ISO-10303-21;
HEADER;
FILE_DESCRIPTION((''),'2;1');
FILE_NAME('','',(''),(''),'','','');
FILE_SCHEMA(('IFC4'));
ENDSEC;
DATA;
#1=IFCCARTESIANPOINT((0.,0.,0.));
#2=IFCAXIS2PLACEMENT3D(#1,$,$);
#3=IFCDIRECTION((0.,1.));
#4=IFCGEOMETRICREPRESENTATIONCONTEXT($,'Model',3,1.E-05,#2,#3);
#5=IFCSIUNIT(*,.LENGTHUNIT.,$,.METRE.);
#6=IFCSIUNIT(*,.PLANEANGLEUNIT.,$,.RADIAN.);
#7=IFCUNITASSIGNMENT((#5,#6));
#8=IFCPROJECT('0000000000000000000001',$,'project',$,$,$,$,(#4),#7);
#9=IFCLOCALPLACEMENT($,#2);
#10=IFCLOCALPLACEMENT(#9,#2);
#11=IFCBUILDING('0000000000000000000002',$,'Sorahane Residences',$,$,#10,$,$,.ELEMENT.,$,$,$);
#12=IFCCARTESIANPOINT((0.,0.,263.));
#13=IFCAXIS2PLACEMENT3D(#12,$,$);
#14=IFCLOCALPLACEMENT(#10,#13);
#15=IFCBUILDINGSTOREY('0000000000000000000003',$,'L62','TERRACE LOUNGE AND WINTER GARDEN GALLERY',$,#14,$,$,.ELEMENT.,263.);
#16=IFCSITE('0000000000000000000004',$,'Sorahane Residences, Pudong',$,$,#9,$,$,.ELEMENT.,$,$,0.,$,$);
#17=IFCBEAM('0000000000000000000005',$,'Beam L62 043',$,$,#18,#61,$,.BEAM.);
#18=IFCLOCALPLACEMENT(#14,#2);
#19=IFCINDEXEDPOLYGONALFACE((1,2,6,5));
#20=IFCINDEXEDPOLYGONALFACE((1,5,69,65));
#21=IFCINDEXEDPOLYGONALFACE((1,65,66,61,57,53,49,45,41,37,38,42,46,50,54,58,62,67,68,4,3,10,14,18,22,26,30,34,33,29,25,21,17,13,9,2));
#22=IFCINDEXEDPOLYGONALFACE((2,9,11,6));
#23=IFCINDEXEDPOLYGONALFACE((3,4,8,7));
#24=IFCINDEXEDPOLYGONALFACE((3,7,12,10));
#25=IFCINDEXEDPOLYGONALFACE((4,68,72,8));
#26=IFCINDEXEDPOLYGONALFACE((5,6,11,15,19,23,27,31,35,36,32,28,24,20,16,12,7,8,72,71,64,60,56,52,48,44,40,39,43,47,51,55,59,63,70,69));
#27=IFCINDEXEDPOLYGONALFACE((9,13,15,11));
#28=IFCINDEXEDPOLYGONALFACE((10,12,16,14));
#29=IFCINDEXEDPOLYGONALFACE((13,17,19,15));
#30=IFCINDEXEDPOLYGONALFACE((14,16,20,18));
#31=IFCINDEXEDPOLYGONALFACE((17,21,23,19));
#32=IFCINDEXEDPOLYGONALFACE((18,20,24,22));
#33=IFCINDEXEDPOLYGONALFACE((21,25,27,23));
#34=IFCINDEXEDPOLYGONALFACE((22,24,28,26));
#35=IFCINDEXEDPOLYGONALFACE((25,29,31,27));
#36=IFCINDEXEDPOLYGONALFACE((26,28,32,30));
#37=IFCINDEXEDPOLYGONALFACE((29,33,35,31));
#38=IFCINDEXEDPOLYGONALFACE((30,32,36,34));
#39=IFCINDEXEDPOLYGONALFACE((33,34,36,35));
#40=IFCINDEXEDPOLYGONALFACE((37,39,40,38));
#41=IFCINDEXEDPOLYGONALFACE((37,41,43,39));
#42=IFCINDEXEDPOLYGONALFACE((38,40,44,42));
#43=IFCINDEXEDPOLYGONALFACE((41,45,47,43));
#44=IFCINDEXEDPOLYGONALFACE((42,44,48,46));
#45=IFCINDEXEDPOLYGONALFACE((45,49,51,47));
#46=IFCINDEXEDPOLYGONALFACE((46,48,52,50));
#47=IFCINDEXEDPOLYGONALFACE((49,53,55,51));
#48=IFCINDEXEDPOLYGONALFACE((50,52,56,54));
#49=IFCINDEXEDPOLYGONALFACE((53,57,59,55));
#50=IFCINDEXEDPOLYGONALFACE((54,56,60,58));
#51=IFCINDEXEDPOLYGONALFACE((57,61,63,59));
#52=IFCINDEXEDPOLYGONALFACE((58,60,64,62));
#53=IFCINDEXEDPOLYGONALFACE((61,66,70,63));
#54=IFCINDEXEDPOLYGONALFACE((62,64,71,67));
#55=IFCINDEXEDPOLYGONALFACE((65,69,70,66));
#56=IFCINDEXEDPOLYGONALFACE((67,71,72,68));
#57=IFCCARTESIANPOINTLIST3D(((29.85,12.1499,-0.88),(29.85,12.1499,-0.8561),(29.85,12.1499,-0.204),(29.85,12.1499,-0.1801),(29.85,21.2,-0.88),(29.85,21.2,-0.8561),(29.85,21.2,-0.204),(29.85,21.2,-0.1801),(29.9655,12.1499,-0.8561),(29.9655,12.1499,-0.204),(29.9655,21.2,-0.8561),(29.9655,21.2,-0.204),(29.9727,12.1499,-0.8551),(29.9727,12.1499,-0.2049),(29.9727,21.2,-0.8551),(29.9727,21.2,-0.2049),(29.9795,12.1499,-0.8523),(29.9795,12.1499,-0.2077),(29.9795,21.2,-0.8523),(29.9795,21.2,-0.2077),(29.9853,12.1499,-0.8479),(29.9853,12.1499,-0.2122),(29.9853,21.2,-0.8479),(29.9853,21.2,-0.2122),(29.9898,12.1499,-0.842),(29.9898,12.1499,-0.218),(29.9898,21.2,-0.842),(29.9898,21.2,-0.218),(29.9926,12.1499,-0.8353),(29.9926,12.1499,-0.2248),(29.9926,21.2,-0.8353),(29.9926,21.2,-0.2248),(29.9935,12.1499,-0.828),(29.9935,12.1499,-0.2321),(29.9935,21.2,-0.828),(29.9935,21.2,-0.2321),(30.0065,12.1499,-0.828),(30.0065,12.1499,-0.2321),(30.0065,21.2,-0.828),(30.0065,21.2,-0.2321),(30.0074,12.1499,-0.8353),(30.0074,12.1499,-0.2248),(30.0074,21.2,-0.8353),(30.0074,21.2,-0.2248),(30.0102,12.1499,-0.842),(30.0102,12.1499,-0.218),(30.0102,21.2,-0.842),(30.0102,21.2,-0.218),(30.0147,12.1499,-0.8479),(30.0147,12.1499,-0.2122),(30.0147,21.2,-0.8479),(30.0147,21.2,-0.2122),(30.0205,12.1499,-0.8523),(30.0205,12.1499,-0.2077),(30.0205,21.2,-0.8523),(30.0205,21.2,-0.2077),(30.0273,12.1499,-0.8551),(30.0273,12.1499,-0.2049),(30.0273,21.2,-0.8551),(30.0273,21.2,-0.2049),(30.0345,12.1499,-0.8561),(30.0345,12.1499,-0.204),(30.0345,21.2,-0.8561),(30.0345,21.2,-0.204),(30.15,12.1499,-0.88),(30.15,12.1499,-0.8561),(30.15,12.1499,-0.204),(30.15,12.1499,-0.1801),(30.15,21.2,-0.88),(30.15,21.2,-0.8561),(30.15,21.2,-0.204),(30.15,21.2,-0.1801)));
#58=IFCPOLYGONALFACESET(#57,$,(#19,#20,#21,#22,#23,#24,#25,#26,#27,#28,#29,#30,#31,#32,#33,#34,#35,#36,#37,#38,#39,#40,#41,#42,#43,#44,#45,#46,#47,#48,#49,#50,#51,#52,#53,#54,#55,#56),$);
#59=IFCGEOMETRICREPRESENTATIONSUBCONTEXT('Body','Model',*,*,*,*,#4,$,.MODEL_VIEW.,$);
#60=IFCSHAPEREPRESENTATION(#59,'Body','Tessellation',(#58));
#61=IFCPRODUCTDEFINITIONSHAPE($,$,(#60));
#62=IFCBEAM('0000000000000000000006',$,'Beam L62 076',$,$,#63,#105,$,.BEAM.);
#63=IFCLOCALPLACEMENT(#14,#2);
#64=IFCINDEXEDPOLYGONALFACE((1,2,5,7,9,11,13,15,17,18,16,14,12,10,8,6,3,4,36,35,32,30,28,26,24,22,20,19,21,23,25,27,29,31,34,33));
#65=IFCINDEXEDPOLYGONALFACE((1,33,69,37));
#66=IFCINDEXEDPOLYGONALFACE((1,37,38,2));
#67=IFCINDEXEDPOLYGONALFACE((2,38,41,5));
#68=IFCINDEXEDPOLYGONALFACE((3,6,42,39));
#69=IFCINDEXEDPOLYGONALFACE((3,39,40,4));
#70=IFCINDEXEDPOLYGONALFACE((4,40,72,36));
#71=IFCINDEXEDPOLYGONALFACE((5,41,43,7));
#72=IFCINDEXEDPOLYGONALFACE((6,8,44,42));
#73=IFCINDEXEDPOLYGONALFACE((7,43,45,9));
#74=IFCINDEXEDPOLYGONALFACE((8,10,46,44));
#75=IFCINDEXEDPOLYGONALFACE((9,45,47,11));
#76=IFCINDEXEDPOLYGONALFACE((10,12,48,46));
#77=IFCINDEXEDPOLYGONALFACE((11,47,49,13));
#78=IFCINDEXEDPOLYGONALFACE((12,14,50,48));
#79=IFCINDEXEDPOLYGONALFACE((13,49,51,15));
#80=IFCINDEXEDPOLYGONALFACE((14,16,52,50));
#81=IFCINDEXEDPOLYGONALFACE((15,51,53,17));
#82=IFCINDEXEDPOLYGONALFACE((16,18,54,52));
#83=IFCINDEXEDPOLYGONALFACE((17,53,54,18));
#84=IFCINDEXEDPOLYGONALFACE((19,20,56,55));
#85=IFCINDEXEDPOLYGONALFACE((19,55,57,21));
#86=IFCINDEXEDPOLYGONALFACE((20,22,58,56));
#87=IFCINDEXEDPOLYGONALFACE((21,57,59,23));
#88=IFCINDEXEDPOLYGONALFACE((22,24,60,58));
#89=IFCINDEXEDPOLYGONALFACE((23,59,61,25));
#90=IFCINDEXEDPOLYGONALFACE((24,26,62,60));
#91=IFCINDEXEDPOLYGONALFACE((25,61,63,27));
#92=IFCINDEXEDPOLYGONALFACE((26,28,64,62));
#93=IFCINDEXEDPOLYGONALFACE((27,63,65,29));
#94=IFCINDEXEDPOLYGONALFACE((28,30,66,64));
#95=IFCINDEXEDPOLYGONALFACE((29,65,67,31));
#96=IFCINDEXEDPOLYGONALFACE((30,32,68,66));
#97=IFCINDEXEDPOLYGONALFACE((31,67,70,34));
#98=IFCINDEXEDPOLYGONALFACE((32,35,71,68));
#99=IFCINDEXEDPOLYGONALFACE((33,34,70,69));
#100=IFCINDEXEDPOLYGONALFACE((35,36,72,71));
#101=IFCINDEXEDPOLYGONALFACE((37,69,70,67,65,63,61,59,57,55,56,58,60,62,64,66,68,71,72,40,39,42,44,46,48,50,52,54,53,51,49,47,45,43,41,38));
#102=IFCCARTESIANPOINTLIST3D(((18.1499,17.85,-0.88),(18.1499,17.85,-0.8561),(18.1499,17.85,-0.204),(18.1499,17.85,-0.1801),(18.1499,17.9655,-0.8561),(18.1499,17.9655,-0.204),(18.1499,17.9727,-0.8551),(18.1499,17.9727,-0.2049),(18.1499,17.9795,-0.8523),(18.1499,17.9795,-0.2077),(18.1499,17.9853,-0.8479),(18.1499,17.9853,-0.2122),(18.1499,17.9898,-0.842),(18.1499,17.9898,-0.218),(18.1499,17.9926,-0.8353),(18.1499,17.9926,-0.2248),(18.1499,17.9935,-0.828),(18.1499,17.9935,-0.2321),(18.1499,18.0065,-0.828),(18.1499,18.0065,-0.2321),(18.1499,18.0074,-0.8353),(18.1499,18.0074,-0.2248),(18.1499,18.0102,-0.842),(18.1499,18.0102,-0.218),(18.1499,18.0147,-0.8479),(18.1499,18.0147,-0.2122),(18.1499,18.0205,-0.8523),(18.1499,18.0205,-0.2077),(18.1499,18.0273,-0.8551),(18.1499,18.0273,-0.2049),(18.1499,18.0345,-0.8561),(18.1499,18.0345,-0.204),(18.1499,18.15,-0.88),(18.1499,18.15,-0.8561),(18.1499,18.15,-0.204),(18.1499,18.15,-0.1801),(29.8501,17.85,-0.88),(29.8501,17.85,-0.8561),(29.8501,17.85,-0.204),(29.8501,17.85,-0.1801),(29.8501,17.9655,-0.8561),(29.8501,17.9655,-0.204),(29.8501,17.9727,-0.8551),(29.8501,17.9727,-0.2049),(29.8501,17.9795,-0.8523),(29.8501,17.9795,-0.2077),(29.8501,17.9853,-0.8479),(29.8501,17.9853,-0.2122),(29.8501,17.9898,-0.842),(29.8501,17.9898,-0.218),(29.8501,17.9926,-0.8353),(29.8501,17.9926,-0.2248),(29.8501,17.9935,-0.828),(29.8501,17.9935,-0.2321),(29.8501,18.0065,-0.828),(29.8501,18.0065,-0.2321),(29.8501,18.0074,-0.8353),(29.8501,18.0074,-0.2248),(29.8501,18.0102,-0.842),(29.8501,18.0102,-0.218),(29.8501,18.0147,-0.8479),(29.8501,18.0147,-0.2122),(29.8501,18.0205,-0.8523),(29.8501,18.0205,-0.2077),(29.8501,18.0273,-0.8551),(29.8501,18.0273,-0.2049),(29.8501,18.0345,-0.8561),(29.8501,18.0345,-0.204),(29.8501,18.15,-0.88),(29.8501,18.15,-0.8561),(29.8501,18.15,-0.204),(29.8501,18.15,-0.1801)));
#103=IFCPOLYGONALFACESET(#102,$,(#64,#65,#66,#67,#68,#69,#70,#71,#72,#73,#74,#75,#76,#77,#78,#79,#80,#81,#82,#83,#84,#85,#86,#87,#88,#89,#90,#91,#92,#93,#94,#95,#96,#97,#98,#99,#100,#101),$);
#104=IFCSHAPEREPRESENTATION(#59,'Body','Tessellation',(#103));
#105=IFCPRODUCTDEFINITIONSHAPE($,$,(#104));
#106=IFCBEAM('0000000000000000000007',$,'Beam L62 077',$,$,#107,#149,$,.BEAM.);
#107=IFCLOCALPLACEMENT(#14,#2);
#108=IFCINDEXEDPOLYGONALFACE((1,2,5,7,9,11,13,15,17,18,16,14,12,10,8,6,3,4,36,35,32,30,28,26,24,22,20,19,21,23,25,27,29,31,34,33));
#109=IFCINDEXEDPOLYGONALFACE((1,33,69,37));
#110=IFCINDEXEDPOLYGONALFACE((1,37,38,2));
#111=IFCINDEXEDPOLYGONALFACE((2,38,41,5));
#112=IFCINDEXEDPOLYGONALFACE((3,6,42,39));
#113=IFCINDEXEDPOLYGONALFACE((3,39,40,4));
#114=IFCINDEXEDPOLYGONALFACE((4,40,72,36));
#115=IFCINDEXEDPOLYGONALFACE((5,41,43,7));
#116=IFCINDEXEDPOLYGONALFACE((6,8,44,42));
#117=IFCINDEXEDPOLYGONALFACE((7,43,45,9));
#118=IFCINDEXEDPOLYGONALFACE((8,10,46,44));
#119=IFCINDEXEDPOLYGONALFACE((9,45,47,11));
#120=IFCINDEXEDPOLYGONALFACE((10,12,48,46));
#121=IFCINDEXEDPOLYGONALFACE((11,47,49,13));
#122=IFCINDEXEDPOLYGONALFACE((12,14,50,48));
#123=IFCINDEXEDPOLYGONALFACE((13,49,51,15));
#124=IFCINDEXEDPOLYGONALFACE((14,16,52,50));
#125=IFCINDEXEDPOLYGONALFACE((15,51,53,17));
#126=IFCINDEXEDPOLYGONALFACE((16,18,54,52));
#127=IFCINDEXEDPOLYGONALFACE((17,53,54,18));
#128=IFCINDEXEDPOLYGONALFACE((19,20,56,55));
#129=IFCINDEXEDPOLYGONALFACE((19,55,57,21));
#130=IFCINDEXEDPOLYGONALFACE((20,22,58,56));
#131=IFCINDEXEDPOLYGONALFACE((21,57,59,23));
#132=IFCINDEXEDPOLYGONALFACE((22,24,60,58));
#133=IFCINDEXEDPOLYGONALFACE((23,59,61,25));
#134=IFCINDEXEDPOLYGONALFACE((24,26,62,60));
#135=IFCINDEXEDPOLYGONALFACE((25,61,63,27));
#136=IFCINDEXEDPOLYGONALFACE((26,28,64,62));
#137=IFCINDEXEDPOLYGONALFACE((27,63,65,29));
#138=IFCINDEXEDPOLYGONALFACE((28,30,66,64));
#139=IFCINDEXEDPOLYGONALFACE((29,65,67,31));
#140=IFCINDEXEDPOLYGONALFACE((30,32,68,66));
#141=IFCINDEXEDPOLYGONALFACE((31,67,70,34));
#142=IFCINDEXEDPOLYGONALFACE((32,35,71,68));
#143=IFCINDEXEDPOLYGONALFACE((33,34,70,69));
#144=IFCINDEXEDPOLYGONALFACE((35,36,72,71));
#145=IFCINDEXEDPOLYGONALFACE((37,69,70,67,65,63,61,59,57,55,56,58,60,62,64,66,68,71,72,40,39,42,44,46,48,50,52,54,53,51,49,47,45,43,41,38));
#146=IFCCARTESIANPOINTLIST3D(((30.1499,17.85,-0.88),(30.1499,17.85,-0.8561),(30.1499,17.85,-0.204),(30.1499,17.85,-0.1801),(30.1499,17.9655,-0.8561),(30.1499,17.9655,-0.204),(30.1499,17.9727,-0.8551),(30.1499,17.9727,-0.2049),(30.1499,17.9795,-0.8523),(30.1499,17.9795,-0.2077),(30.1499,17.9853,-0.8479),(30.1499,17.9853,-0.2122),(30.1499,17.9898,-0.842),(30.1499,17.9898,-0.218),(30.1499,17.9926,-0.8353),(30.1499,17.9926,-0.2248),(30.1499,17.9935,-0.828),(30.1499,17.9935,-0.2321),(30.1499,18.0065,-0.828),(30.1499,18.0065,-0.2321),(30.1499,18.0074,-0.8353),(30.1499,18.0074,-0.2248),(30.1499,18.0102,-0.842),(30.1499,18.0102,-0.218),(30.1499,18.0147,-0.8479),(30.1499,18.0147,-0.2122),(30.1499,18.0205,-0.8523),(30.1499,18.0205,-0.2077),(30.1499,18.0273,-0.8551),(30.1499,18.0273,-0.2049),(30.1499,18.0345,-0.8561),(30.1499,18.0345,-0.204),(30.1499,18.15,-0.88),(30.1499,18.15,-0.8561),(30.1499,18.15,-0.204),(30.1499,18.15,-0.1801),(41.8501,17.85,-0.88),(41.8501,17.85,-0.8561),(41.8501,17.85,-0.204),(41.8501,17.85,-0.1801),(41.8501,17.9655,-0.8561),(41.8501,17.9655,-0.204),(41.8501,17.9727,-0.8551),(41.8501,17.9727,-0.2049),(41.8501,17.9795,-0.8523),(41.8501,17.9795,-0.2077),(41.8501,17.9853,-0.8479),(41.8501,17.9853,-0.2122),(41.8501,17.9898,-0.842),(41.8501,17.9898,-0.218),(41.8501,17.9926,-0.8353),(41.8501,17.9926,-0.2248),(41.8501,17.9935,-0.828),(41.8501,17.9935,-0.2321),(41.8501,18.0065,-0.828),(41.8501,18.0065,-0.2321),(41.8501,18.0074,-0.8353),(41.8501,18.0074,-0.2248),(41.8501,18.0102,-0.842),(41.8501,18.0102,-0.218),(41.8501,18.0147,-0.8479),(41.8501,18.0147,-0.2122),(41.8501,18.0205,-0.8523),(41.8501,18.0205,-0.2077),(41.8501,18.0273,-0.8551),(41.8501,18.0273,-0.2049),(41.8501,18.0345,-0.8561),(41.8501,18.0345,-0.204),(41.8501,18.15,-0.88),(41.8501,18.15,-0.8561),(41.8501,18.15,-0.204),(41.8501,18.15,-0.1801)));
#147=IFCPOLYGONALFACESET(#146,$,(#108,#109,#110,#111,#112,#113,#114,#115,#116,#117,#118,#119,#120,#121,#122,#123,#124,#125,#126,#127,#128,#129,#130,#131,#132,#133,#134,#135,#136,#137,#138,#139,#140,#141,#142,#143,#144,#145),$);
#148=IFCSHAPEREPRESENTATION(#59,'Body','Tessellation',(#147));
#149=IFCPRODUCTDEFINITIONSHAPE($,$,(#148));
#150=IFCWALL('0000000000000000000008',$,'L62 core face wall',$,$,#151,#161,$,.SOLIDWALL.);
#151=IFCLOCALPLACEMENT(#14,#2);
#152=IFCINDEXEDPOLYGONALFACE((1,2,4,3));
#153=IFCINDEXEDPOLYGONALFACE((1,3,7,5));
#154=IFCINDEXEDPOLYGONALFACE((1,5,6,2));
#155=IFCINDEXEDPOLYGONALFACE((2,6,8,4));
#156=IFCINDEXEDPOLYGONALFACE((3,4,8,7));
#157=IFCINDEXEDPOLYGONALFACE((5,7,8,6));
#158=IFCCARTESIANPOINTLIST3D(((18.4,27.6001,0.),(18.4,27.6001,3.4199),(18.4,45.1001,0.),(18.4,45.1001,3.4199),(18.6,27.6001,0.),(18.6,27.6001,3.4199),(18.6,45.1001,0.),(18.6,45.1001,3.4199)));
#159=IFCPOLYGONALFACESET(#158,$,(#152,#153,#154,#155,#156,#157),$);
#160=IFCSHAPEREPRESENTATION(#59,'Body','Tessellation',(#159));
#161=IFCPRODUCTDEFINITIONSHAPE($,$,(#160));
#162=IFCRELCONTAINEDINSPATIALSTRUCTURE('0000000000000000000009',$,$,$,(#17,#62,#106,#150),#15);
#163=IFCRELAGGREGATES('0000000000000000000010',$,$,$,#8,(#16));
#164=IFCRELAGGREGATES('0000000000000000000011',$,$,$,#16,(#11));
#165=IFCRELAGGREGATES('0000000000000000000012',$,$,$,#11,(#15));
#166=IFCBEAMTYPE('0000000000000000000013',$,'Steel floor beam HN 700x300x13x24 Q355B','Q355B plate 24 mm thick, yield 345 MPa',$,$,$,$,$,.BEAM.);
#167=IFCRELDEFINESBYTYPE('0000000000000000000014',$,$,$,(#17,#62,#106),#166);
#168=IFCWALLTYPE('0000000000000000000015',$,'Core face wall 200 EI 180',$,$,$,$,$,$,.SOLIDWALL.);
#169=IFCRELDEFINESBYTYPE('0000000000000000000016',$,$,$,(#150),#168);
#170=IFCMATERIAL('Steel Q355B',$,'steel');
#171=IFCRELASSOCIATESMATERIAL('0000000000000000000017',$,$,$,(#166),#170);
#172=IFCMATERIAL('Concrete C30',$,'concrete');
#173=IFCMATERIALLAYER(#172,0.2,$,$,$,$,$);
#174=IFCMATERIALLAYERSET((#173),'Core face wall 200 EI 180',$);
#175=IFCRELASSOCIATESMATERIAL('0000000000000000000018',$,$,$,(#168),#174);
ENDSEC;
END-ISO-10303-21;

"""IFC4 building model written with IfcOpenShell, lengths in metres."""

from ifc_helpers import new_model, si_unit, direction, frame, frame_2d, origin, origin_2d, place, context, subcontext, project, spatial, rectangle, i_section, extrude, material, layer, layer_set, material_profile, profile_set, type_object, element, save


model = new_model("IFC4")

# Units and contexts
model_context = context("Model", 3, precision=1e-05, world=origin(), true_north=direction((0.0, 1.0)))
body_context = subcontext(model_context, "Body", "Model", "MODEL_VIEW")
ifc_project = project(units=[si_unit("LENGTHUNIT", "METRE"), si_unit("PLANEANGLEUNIT", "RADIAN")], contexts=[model_context])

# Site, building, storey
site_placement = place(None, origin())
site = spatial("IfcSite", under=ifc_project, at=site_placement, Name="Sorahane Residences, Pudong", CompositionType="ELEMENT", RefElevation=0.0)
building_placement = place(site_placement, origin())
building = spatial("IfcBuilding", under=site, at=building_placement, Name="Sorahane Residences", CompositionType="ELEMENT")
storey_placement = place(building_placement, frame((0.0, 0.0, 263.0)))
storey = spatial("IfcBuildingStorey", under=building, at=storey_placement, Name="L62", Description="TERRACE LOUNGE AND WINTER GARDEN GALLERY", CompositionType="ELEMENT", Elevation=263.0)

# Beams
ifc_material_1 = material(Name="Steel Q355B", Category="steel")
ifc_material_profile_1 = material_profile(ifc_material_1, i_section(OverallWidth=0.3, OverallDepth=0.7, WebThickness=0.0129, FlangeThickness=0.0239, FilletRadius=0.0281, at=origin_2d()), Name="HN 700x300x13x24")
ifc_profile_set_1 = profile_set([ifc_material_profile_1], Name="Steel Q355B")
beam_type_1 = type_object("IfcBeamType", Name="Steel floor beam HN 700x300x13x24 Q355B", Description="Q355B plate 24 mm thick, yield 345 MPa", PredefinedType="BEAM", material=ifc_profile_set_1)
beam_1_placement = place(storey_placement, frame((30.0, 12.1499, -0.53), z_axis=(0.0, 1.0, 0.0), x_axis=(-1.0, 0.0, 0.0)))
element("IfcBeam", 1, at=beam_1_placement, inside=storey, type_object=beam_type_1, Name="Beam L62 043", PredefinedType="BEAM", context=body_context, shape_type="SweptSolid", body=[
    extrude(i_section(OverallWidth=0.3, OverallDepth=0.7, WebThickness=0.0129, FlangeThickness=0.0239, FilletRadius=0.0281, at=origin_2d()), origin(), (0.0, 0.0, 1.0), 9.05),
])
for number, where, z_axis, x_axis, name in (
    (2, (18.1499, 18.0, -0.53), (1.0, 0.0, 0.0), (0.0, 1.0, 0.0), "Beam L62 076"),
    (3, (30.1499, 18.0, -0.53), (1.0, 0.0, 0.0), (0.0, 1.0, 0.0), "Beam L62 077"),
):
    element("IfcBeam", number, at=place(storey_placement, frame(where, z_axis=z_axis, x_axis=x_axis)), inside=storey, type_object=beam_type_1, Name=name, PredefinedType="BEAM", context=body_context, shape_type="SweptSolid", body=[
        extrude(i_section(OverallWidth=0.3, OverallDepth=0.7, WebThickness=0.0129, FlangeThickness=0.0239, FilletRadius=0.0281, at=origin_2d()), origin(), (0.0, 0.0, 1.0), 11.7002),
    ])

# Wall
ifc_material_2 = material(Name="Concrete C30", Category="concrete")
ifc_layer_1 = layer(ifc_material_2, 0.2)
ifc_layer_set_1 = layer_set([ifc_layer_1], Name="Core face wall 200 EI 180")
wall_type_1 = type_object("IfcWallType", Name="Core face wall 200 EI 180", PredefinedType="SOLIDWALL", material=ifc_layer_set_1)
wall_1_placement = place(storey_placement, frame((18.5, 27.6001, 0.0), z_axis=(0.0, 0.0, 1.0), x_axis=(0.0, 1.0, 0.0)))
element("IfcWall", 4, at=wall_1_placement, inside=storey, type_object=wall_type_1, Name="L62 core face wall", PredefinedType="SOLIDWALL", context=body_context, shape_type="SweptSolid", body=[
    extrude(rectangle(XDim=17.5, YDim=0.2, at=frame_2d((8.75, 0.0))), origin(), (0.0, 0.0, 1.0), 3.4199),
])

save(model, "model.ifc")
